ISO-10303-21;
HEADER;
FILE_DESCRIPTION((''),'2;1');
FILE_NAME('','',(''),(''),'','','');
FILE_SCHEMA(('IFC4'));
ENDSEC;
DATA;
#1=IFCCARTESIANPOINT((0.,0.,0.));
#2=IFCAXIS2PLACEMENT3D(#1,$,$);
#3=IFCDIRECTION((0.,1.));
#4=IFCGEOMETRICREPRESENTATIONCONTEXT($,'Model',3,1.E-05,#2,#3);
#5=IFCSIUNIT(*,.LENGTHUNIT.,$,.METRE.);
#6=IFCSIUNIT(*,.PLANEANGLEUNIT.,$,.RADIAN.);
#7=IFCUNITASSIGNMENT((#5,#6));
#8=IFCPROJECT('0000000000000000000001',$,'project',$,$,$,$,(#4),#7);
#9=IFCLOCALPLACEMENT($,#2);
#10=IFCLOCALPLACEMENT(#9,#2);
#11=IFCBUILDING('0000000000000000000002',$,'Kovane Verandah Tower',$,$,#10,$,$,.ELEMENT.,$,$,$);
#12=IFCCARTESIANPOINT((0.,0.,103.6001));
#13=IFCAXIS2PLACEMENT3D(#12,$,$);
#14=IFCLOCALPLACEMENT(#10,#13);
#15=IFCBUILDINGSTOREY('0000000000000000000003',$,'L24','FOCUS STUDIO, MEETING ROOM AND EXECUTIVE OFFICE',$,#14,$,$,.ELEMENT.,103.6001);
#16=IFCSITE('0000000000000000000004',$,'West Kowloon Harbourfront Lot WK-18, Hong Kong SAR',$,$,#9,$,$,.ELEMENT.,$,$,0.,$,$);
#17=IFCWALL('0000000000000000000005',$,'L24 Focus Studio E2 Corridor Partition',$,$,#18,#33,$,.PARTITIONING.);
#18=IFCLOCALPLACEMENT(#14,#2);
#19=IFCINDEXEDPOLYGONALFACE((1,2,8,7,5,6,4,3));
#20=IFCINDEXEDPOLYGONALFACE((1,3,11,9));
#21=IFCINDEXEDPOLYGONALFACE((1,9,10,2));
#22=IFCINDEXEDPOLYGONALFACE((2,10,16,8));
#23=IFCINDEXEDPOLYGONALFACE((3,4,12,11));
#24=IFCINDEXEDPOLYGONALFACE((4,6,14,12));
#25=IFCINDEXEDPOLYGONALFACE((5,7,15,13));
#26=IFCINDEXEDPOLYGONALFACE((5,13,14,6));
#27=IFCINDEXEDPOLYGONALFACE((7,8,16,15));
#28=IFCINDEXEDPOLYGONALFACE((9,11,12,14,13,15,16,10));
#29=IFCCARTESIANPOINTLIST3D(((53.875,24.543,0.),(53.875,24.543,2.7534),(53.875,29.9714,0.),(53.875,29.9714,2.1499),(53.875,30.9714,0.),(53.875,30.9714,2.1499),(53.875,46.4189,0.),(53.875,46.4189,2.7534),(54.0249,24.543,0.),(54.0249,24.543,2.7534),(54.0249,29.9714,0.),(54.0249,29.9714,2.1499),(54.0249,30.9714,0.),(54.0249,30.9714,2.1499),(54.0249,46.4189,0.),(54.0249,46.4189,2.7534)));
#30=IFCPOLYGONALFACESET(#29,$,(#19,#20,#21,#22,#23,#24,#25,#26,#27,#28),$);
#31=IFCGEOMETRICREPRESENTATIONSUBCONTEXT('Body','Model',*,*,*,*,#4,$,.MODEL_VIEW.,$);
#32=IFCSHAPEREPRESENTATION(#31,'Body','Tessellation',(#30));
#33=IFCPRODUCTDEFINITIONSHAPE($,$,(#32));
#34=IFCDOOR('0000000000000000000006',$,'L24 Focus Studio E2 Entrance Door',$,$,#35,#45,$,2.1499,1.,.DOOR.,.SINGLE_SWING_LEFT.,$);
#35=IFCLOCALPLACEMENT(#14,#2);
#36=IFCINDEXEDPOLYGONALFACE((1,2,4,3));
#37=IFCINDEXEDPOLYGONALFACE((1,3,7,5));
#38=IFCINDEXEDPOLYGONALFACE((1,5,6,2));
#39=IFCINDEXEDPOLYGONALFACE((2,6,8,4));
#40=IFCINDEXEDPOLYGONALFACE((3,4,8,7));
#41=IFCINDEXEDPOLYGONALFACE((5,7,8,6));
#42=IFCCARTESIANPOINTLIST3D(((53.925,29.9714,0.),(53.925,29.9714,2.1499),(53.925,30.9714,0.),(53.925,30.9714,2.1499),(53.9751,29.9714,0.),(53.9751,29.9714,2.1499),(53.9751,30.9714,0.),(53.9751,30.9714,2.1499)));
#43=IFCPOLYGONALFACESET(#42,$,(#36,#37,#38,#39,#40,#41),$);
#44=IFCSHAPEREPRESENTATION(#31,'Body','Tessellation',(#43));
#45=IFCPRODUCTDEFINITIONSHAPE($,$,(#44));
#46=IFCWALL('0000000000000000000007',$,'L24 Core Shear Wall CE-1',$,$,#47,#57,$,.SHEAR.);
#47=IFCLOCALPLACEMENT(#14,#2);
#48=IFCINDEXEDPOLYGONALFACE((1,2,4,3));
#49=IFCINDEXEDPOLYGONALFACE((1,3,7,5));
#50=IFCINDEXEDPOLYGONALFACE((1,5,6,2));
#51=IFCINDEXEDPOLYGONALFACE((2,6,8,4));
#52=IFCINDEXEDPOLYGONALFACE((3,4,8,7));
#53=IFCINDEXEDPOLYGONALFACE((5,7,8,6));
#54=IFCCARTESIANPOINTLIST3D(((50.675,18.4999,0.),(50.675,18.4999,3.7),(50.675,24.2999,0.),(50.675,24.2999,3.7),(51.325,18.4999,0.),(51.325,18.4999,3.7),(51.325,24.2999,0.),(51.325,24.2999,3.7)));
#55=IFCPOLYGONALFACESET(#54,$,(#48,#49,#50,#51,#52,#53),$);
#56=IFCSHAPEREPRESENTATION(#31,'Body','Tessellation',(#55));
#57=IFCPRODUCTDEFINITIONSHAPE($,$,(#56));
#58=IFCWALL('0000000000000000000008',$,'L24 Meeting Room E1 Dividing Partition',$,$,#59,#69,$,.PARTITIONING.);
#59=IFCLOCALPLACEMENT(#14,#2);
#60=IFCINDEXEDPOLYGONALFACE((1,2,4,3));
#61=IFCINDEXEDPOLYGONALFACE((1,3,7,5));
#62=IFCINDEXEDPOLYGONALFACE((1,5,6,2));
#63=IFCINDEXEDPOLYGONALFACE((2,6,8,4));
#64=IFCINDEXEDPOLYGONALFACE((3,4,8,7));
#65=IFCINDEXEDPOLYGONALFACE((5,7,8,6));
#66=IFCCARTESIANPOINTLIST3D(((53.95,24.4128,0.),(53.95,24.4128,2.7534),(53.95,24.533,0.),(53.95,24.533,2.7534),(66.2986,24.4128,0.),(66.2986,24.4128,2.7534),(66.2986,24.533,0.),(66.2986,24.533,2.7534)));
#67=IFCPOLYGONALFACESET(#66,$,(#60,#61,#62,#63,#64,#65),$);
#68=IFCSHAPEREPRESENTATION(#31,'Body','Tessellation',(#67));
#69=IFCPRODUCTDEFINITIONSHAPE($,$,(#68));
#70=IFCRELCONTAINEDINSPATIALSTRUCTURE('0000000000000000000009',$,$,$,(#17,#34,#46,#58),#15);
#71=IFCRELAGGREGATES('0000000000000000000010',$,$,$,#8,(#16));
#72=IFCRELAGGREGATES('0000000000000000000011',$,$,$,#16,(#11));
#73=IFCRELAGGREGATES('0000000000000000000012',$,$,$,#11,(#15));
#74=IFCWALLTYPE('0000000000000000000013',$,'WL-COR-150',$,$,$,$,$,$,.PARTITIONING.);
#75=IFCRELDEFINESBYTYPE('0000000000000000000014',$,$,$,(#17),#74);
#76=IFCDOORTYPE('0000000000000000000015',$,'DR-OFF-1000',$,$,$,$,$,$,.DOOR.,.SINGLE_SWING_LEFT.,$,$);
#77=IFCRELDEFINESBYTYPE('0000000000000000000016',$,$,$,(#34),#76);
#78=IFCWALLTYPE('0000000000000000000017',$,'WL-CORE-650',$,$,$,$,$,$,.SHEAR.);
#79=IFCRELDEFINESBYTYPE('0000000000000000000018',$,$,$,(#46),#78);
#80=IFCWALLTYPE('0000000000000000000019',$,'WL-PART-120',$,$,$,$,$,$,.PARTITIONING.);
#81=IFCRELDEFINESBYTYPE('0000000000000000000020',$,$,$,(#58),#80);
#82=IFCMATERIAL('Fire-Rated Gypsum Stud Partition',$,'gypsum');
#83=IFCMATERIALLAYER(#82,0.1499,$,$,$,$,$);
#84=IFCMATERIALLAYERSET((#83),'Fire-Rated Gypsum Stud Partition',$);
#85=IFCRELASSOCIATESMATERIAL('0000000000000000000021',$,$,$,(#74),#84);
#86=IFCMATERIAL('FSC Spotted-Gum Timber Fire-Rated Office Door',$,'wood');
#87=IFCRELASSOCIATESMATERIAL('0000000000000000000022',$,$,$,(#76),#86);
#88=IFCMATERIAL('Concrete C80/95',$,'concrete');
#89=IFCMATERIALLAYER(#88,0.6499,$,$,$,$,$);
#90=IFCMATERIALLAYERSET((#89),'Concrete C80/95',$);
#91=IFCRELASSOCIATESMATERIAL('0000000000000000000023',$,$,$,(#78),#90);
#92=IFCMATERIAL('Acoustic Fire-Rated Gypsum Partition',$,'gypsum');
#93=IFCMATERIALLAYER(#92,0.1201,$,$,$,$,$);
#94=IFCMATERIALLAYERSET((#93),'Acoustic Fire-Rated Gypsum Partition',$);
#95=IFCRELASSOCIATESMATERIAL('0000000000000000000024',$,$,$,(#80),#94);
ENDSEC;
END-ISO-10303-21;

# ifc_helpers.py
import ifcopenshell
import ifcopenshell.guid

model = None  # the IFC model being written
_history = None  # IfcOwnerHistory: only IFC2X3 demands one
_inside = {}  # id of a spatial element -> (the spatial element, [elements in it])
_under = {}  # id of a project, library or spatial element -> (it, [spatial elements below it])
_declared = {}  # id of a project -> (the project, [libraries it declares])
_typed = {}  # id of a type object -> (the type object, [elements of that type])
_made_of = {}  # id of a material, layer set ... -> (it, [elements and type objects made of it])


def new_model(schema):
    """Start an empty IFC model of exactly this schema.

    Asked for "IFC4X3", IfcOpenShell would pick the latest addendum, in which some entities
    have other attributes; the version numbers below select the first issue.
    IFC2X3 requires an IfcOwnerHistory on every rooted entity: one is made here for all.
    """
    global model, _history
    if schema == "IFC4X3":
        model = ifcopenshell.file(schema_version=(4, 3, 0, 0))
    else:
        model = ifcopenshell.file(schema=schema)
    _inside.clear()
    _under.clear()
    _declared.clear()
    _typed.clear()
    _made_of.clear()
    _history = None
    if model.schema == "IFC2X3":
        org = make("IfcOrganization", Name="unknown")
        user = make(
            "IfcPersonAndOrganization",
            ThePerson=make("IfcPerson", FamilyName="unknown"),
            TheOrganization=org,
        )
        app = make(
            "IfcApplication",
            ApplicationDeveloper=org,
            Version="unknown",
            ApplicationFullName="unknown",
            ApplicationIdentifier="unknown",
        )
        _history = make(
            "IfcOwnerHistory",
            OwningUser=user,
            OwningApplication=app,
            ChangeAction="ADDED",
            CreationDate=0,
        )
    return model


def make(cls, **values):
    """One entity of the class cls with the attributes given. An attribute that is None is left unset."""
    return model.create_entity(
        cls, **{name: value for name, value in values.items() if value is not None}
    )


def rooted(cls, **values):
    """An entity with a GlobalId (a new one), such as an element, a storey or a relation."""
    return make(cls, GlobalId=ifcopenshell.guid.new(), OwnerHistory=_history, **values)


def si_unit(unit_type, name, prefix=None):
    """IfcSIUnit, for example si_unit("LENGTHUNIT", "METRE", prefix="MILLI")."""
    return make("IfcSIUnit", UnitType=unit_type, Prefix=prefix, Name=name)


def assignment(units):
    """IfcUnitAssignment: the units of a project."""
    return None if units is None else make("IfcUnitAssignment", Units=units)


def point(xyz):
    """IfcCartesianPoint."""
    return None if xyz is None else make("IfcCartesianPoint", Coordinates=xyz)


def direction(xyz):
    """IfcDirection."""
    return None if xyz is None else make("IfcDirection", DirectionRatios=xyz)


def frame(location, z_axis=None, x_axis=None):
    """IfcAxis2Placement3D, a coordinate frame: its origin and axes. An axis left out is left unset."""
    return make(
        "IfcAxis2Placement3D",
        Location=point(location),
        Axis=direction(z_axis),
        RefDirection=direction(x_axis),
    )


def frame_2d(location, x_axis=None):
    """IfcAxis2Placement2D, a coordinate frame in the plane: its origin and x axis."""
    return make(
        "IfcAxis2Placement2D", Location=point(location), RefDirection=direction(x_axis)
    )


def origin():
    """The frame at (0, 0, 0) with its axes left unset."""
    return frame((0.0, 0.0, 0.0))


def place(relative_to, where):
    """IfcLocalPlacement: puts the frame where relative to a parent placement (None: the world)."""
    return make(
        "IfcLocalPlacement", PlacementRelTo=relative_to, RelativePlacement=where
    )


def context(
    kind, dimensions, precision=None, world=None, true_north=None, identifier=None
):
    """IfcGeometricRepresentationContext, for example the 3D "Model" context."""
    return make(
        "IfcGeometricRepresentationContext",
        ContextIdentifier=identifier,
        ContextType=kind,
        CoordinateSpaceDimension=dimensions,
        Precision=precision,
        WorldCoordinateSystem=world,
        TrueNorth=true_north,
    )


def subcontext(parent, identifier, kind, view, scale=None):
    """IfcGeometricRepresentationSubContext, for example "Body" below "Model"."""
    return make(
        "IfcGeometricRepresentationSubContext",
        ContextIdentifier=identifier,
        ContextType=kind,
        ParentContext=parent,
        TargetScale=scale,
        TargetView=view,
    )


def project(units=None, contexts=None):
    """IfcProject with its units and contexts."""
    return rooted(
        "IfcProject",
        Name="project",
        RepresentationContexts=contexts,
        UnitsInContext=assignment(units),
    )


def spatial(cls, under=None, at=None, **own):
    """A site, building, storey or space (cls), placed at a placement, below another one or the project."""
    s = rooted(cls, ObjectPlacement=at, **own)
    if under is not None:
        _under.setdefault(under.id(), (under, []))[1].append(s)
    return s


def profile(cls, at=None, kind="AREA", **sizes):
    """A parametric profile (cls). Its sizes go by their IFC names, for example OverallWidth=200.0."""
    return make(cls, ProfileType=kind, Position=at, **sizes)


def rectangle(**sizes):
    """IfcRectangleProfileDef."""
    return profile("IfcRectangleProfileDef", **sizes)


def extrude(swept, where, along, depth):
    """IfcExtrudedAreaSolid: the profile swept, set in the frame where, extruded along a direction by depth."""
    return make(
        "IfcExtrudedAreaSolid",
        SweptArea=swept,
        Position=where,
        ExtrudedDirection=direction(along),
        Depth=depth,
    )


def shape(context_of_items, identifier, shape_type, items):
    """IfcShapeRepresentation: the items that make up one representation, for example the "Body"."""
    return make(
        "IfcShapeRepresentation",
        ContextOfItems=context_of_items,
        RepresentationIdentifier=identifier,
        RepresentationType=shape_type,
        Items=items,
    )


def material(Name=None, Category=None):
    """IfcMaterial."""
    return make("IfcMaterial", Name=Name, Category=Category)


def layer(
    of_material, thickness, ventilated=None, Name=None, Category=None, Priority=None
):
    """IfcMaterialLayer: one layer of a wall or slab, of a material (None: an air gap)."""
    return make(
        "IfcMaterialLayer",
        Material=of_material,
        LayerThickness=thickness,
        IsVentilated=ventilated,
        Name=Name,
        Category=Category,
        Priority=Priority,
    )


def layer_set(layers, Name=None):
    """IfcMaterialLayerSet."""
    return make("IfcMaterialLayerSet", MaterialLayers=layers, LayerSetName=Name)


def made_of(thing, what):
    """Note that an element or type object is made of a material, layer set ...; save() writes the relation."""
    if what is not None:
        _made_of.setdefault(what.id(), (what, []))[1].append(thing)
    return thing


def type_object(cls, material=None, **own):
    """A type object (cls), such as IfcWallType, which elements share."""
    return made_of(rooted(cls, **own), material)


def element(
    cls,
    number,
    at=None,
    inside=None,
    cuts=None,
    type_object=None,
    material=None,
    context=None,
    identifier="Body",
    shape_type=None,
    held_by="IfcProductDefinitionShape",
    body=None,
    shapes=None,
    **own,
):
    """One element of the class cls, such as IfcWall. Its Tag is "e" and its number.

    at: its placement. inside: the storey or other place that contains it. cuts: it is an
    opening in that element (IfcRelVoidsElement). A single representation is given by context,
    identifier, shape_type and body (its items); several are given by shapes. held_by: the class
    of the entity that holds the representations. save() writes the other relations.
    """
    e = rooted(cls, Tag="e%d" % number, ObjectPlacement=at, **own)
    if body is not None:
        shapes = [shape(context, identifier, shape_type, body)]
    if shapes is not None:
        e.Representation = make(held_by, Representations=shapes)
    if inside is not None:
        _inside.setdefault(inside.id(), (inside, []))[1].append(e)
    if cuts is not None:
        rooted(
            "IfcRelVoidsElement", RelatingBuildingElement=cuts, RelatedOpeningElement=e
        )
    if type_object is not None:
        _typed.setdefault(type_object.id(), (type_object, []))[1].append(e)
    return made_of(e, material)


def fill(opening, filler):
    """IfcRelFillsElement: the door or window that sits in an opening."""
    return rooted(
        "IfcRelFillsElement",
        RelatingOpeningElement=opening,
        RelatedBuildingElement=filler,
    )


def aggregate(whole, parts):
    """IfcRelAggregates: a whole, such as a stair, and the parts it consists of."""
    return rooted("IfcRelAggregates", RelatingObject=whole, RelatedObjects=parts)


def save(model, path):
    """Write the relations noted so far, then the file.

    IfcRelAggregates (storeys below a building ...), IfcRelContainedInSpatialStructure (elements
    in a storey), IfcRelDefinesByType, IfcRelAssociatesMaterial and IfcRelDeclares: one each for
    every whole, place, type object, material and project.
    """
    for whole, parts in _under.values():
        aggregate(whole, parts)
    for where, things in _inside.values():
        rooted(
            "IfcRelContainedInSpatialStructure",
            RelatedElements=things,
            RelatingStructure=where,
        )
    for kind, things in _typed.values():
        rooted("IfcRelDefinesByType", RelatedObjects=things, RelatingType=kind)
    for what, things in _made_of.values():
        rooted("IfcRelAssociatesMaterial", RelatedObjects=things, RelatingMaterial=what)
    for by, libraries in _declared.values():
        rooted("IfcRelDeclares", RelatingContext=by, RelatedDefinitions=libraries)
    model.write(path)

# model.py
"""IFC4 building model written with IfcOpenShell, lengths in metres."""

from ifc_helpers import new_model, si_unit, direction, frame, frame_2d, origin, place, context, subcontext, project, spatial, rectangle, extrude, material, layer, layer_set, type_object, element, fill, save


model = new_model("IFC4")

# Units and contexts
model_context = context("Model", 3, precision=1e-05, world=origin(), true_north=direction((0.0, 1.0)))
body_context = subcontext(model_context, "Body", "Model", "MODEL_VIEW")
ifc_project = project(units=[si_unit("LENGTHUNIT", "METRE"), si_unit("PLANEANGLEUNIT", "RADIAN")], contexts=[model_context])

# Site, building, storey
site_placement = place(None, origin())
site = spatial("IfcSite", under=ifc_project, at=site_placement, Name="West Kowloon Harbourfront Lot WK-18, Hong Kong SAR", CompositionType="ELEMENT", RefElevation=0.0)
building_placement = place(site_placement, origin())
building = spatial("IfcBuilding", under=site, at=building_placement, Name="Kovane Verandah Tower", CompositionType="ELEMENT")
storey_placement = place(building_placement, frame((0.0, 0.0, 103.6001)))
storey = spatial("IfcBuildingStorey", under=building, at=storey_placement, Name="L24", Description="FOCUS STUDIO, MEETING ROOM AND EXECUTIVE OFFICE", CompositionType="ELEMENT", Elevation=103.6001)

# Shared definitions
ifc_material_1 = material(Name="Concrete C80/95", Category="concrete")

# Wall, opening, door
ifc_material_2 = material(Name="Fire-Rated Gypsum Stud Partition", Category="gypsum")
ifc_layer_1 = layer(ifc_material_2, 0.1499)
ifc_layer_set_1 = layer_set([ifc_layer_1], Name="Fire-Rated Gypsum Stud Partition")
wall_type_1 = type_object("IfcWallType", Name="WL-COR-150", PredefinedType="PARTITIONING", material=ifc_layer_set_1)
ifc_material_3 = material(Name="FSC Spotted-Gum Timber Fire-Rated Office Door", Category="wood")
door_type_1 = type_object("IfcDoorType", Name="DR-OFF-1000", OperationType="SINGLE_SWING_LEFT", PredefinedType="DOOR", material=ifc_material_3)
wall_1_placement = place(storey_placement, frame((53.95, 24.543, 0.0), z_axis=(0.0, 0.0, 1.0), x_axis=(0.0, 1.0, 0.0)))
wall_1 = element("IfcWall", 1, at=wall_1_placement, inside=storey, type_object=wall_type_1, Name="L24 Focus Studio E2 Corridor Partition", PredefinedType="PARTITIONING", context=body_context, shape_type="SweptSolid", body=[
    extrude(rectangle(XDim=21.876, YDim=0.1499, at=frame_2d((10.938, 0.0))), origin(), (0.0, 0.0, 1.0), 2.7534),
])
opening_1_placement = place(wall_1_placement, frame((5.4285, 0.0, 0.0)))
opening_1 = element("IfcOpeningElement", 2, at=opening_1_placement, cuts=wall_1, PredefinedType="OPENING", context=body_context, shape_type="SweptSolid", body=[
    extrude(rectangle(XDim=1.0, YDim=2.1499, at=frame_2d((0.5, 1.075))), frame((0.0, 0.075, 0.0), z_axis=(0.0, -1.0, 0.0), x_axis=(1.0, 0.0, 0.0)), (0.0, 0.0, 1.0), 0.1499),
])
door_1_placement = place(opening_1_placement, origin())
door_1 = element("IfcDoor", 3, at=door_1_placement, inside=storey, type_object=door_type_1, Name="L24 Focus Studio E2 Entrance Door", OperationType="SINGLE_SWING_LEFT", OverallHeight=2.1499, OverallWidth=1.0, PredefinedType="DOOR", context=body_context, shape_type="SweptSolid", body=[
    extrude(rectangle(XDim=1.0, YDim=2.1499, at=frame_2d((0.5, 1.075))), frame((0.0, 0.0249, 0.0), z_axis=(0.0, -1.0, 0.0), x_axis=(1.0, 0.0, 0.0)), (0.0, 0.0, 1.0), 0.05),
])
fill(opening_1, door_1)

# Wall
ifc_layer_2 = layer(ifc_material_1, 0.6499)
ifc_layer_set_2 = layer_set([ifc_layer_2], Name="Concrete C80/95")
wall_type_2 = type_object("IfcWallType", Name="WL-CORE-650", PredefinedType="SHEAR", material=ifc_layer_set_2)
wall_2_placement = place(storey_placement, frame((51.0, 18.5, 0.0), z_axis=(0.0, 0.0, 1.0), x_axis=(0.0, 1.0, 0.0)))
element("IfcWall", 4, at=wall_2_placement, inside=storey, type_object=wall_type_2, Name="L24 Core Shear Wall CE-1", PredefinedType="SHEAR", context=body_context, shape_type="SweptSolid", body=[
    extrude(rectangle(XDim=5.8, YDim=0.6499, at=frame_2d((2.8999, 0.0))), origin(), (0.0, 0.0, 1.0), 3.7),
])

# Wall
ifc_material_4 = material(Name="Acoustic Fire-Rated Gypsum Partition", Category="gypsum")
ifc_layer_3 = layer(ifc_material_4, 0.1201)
ifc_layer_set_3 = layer_set([ifc_layer_3], Name="Acoustic Fire-Rated Gypsum Partition")
wall_type_3 = type_object("IfcWallType", Name="WL-PART-120", PredefinedType="PARTITIONING", material=ifc_layer_set_3)
wall_3_placement = place(storey_placement, frame((53.95, 24.4729, 0.0), z_axis=(0.0, 0.0, 1.0), x_axis=(1.0, 0.0, 0.0)))
element("IfcWall", 5, at=wall_3_placement, inside=storey, type_object=wall_type_3, Name="L24 Meeting Room E1 Dividing Partition", PredefinedType="PARTITIONING", context=body_context, shape_type="SweptSolid", body=[
    extrude(rectangle(XDim=12.3486, YDim=0.1201, at=frame_2d((6.1743, 0.0))), origin(), (0.0, 0.0, 1.0), 2.7534),
])

save(model, "model.ifc")
